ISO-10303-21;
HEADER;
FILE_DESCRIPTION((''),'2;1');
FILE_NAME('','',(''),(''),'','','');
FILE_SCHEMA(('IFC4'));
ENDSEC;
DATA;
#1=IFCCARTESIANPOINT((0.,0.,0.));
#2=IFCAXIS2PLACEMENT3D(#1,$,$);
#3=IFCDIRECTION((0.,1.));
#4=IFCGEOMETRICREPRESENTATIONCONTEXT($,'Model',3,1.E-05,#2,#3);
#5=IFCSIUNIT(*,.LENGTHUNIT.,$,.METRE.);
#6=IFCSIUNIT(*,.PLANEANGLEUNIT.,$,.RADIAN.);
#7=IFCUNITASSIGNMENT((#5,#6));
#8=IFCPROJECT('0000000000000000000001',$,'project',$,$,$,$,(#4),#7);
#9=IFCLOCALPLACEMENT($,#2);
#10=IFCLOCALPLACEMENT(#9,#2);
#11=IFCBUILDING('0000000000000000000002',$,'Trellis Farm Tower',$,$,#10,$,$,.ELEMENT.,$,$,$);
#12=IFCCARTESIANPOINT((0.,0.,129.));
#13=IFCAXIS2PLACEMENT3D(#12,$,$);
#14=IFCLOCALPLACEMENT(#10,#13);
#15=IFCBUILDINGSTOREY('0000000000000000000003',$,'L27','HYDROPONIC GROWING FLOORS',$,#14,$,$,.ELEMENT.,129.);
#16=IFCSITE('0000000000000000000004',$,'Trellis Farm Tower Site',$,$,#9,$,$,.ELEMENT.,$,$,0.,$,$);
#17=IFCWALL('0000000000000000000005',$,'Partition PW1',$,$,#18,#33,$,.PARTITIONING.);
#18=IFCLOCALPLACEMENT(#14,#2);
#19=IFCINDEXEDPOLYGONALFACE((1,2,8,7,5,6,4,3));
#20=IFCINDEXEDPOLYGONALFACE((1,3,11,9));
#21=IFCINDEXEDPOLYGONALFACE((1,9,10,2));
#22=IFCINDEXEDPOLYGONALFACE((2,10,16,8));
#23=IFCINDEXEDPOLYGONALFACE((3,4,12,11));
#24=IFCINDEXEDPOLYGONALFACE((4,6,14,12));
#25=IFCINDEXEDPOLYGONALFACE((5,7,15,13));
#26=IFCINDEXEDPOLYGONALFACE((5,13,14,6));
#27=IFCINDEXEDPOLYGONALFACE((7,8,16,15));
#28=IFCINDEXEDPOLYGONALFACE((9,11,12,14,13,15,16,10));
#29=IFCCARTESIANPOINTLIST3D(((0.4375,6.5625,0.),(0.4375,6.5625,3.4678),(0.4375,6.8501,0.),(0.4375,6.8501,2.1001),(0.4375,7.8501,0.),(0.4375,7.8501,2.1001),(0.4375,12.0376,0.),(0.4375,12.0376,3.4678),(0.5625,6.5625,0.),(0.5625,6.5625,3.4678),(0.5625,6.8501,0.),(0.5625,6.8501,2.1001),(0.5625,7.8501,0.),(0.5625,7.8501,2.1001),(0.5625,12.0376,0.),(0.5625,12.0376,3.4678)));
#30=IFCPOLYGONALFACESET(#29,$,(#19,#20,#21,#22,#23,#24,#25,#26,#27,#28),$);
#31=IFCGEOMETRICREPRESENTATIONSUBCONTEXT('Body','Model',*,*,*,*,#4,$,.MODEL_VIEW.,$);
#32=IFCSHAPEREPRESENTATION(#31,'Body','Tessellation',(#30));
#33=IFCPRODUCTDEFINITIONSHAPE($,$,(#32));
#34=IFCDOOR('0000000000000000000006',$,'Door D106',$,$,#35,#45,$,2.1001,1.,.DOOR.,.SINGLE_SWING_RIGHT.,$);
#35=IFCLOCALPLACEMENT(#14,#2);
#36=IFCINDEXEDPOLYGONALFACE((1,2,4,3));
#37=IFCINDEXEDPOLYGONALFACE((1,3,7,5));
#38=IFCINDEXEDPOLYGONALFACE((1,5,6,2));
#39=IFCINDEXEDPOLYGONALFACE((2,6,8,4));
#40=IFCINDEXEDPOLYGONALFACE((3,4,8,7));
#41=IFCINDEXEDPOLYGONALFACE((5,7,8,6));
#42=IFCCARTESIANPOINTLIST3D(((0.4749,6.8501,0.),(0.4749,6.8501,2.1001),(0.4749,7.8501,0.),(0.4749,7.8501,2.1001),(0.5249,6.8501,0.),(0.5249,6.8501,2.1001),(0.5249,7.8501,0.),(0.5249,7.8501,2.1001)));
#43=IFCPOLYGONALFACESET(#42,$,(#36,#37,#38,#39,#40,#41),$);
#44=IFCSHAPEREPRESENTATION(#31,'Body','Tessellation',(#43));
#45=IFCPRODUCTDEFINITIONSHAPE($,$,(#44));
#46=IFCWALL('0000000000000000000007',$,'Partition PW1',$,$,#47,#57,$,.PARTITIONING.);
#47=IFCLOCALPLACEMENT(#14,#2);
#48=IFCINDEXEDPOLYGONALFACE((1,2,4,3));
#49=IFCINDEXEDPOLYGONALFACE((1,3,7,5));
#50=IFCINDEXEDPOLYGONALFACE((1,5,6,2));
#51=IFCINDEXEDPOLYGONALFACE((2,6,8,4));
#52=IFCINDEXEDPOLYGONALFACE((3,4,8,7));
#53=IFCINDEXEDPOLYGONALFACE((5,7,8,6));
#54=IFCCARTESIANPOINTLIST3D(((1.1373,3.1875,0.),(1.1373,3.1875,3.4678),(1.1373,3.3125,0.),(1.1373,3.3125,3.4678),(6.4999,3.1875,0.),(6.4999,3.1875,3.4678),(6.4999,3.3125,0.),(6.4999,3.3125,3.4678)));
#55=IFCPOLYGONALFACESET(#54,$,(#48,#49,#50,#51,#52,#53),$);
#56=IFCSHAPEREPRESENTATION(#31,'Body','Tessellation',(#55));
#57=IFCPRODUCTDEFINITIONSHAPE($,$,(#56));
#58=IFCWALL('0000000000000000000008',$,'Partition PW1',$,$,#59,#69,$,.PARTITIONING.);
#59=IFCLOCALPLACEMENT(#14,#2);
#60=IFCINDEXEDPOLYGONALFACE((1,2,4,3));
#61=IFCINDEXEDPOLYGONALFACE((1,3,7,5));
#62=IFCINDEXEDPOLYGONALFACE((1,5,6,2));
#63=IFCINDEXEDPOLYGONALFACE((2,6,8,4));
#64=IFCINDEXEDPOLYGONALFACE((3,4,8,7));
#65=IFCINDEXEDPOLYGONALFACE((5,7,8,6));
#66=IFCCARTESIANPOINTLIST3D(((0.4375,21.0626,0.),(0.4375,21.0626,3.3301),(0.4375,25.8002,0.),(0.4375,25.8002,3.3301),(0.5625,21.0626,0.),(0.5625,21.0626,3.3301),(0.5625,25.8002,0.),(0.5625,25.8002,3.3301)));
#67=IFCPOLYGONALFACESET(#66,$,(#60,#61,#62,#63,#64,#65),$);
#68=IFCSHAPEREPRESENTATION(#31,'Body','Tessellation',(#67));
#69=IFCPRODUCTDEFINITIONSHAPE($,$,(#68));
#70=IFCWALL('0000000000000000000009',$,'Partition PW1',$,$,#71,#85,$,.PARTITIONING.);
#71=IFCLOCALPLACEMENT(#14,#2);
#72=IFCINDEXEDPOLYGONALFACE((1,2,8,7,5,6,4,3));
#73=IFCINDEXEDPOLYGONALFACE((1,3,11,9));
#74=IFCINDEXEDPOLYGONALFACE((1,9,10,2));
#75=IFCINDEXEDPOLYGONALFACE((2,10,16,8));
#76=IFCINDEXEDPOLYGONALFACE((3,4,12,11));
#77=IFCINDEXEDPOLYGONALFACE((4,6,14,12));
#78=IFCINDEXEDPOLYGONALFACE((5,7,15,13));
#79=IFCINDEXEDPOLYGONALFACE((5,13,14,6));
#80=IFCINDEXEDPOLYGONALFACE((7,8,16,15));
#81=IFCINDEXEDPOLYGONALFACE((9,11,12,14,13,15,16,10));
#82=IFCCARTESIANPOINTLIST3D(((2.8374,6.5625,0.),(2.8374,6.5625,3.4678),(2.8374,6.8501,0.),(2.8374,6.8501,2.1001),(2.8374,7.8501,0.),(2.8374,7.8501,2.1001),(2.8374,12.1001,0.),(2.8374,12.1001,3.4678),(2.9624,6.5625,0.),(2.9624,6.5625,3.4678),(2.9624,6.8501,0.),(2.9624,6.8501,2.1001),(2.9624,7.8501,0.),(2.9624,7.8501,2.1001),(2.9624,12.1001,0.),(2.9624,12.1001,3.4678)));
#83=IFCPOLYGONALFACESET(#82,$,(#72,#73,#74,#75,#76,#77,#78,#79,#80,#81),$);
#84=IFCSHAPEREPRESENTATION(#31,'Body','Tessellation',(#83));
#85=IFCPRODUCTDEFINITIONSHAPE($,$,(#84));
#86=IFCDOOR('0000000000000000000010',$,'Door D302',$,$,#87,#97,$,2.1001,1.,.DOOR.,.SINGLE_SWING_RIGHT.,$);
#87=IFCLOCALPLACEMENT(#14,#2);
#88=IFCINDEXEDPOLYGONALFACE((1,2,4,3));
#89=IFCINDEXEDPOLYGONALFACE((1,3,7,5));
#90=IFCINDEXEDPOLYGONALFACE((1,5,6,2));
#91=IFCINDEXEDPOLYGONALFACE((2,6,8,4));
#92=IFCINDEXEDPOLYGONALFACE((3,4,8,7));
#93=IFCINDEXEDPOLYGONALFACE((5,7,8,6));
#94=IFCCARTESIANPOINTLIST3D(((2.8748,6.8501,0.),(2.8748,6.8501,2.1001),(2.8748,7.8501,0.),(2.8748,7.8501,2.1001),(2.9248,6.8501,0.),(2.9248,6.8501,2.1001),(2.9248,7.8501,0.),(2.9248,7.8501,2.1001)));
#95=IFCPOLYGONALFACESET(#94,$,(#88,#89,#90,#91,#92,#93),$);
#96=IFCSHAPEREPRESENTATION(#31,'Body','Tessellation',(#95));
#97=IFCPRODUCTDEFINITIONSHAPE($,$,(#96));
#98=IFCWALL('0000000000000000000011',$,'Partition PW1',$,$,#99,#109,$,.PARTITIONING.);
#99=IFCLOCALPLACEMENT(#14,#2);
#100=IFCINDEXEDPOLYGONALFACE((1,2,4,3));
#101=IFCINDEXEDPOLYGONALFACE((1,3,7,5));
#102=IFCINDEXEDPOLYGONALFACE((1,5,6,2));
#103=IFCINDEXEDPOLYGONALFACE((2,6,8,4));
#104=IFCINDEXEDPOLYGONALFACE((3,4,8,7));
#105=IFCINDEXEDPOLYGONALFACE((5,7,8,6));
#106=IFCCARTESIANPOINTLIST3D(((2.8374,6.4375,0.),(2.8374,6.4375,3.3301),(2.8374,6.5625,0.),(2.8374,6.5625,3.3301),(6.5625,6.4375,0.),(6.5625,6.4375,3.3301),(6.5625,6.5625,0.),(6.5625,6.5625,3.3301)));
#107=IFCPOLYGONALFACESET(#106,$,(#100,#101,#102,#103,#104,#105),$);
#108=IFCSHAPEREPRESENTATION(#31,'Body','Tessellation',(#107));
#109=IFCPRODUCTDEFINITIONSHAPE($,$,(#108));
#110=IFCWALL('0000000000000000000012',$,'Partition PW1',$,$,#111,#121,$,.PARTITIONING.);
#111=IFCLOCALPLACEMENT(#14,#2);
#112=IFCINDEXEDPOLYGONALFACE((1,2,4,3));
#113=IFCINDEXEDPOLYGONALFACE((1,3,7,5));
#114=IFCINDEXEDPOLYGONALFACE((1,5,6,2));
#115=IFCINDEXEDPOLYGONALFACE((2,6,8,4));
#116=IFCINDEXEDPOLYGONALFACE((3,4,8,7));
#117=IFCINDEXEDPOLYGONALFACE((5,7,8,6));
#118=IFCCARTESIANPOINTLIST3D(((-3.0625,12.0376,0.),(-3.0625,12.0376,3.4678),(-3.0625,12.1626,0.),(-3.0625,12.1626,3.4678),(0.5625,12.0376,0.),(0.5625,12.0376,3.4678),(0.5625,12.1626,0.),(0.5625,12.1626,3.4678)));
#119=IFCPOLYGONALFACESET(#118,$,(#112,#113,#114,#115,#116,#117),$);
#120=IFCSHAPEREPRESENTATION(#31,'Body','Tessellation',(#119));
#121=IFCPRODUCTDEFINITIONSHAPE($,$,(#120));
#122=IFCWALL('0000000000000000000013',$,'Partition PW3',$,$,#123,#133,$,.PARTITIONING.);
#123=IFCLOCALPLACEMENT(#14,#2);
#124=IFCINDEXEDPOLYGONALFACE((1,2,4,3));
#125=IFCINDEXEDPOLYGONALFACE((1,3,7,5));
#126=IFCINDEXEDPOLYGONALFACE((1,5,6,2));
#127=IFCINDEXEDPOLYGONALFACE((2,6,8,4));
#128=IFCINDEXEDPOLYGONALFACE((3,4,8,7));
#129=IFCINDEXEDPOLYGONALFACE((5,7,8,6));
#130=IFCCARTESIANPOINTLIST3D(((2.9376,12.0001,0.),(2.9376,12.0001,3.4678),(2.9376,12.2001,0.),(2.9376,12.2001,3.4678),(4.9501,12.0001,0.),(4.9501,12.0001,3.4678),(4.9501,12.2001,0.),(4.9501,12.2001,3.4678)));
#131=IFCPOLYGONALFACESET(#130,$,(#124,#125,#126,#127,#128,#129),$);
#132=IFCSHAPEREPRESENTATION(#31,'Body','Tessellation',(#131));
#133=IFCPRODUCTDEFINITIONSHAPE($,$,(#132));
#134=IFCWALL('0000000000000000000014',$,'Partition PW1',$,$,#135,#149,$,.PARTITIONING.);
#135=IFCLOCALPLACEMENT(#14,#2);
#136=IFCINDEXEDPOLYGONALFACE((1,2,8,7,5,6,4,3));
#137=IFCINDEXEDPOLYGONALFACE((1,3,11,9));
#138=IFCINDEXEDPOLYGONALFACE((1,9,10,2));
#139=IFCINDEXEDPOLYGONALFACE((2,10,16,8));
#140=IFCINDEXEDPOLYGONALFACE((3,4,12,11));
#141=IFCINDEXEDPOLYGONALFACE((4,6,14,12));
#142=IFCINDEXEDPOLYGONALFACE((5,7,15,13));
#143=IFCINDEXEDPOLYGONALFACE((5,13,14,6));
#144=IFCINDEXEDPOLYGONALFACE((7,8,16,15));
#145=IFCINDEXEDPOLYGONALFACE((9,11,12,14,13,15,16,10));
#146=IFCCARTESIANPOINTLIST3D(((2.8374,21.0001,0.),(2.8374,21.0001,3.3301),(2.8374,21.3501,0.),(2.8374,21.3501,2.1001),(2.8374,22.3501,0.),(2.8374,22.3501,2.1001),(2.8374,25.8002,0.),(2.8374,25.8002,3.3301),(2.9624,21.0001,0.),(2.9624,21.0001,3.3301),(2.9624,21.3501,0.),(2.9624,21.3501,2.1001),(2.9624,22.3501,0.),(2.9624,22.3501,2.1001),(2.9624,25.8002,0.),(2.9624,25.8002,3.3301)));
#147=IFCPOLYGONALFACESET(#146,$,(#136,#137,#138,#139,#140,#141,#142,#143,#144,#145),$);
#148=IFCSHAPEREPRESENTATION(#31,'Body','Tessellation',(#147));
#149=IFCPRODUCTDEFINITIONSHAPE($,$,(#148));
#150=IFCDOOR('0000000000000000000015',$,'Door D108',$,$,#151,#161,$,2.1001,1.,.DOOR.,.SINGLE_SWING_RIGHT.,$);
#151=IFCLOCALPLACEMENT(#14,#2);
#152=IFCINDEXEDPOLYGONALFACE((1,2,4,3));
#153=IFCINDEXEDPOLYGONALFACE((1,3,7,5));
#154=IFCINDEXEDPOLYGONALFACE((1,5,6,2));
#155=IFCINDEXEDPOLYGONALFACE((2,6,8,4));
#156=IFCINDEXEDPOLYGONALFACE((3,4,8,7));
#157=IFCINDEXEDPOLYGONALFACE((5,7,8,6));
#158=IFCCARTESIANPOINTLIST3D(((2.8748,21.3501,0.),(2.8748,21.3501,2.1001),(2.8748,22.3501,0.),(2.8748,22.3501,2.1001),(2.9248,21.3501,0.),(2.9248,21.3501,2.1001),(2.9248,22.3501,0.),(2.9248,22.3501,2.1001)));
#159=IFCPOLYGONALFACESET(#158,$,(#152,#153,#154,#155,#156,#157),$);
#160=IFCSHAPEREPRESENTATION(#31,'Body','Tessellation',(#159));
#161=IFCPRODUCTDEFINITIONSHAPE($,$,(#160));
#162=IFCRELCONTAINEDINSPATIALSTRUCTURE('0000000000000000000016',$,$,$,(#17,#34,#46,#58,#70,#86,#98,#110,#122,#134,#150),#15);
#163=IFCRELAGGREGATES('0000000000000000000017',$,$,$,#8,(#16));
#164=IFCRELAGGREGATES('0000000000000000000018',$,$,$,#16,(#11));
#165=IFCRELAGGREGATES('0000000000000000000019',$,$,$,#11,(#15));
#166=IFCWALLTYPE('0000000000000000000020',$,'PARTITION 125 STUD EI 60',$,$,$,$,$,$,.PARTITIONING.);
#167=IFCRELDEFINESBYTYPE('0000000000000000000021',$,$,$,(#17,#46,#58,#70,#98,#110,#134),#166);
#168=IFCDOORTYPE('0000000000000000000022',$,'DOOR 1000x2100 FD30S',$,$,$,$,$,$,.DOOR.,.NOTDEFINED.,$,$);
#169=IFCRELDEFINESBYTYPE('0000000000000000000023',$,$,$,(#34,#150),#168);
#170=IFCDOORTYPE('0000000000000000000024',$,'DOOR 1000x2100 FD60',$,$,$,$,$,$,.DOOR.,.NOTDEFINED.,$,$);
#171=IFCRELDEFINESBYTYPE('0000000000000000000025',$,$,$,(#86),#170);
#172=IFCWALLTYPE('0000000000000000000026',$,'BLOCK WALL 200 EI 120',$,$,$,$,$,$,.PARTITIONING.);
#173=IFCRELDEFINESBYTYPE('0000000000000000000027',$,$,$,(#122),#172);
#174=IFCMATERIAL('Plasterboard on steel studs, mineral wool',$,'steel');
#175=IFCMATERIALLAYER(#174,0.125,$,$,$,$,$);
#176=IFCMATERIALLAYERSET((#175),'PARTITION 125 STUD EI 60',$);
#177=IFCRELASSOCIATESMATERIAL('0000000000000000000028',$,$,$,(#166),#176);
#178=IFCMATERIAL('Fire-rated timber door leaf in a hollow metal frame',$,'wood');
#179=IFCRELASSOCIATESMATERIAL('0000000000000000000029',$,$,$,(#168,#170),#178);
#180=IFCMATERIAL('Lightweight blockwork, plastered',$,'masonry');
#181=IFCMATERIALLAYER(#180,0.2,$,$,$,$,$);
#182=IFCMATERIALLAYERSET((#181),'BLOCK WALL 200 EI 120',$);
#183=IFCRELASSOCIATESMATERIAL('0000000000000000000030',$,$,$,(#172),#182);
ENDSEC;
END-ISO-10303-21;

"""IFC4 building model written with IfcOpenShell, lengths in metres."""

from ifc_helpers import new_model, si_unit, direction, frame, frame_2d, origin, place, context, subcontext, project, spatial, rectangle, extrude, source, transform, mapped, material, layer, layer_set, type_object, element, fill, save


model = new_model("IFC4")

# Units and contexts
model_context = context("Model", 3, precision=1e-05, world=origin(), true_north=direction((0.0, 1.0)))
body_context = subcontext(model_context, "Body", "Model", "MODEL_VIEW")
ifc_project = project(units=[si_unit("LENGTHUNIT", "METRE"), si_unit("PLANEANGLEUNIT", "RADIAN")], contexts=[model_context])

# Site, building, storey
site_placement = place(None, origin())
site = spatial("IfcSite", under=ifc_project, at=site_placement, Name="Trellis Farm Tower Site", CompositionType="ELEMENT", RefElevation=0.0)
building_placement = place(site_placement, origin())
building = spatial("IfcBuilding", under=site, at=building_placement, Name="Trellis Farm Tower", CompositionType="ELEMENT")
storey_placement = place(building_placement, frame((0.0, 0.0, 129.0)))
storey = spatial("IfcBuildingStorey", under=building, at=storey_placement, Name="L27", Description="HYDROPONIC GROWING FLOORS", CompositionType="ELEMENT", Elevation=129.0)

# Shared definitions
ifc_material_1 = material(Name="Plasterboard on steel studs, mineral wool", Category="steel")
ifc_layer_1 = layer(ifc_material_1, 0.125)
ifc_layer_set_1 = layer_set([ifc_layer_1], Name="PARTITION 125 STUD EI 60")
wall_type_1 = type_object("IfcWallType", Name="PARTITION 125 STUD EI 60", PredefinedType="PARTITIONING", material=ifc_layer_set_1)

# Wall, opening, door
shared_shape_1 = source(origin(), body_context, "Body", "SweptSolid", [
    extrude(rectangle(XDim=5.4751, YDim=0.125, at=frame_2d((2.7375, 0.0))), origin(), (0.0, 0.0, 1.0), 3.4678),
])
wall_1_placement = place(storey_placement, frame((0.5, 12.0376, 0.0), z_axis=(0.0, 0.0, 1.0), x_axis=(0.0, -1.0, 0.0)))
wall_1 = element("IfcWall", 1, at=wall_1_placement, inside=storey, type_object=wall_type_1, Name="Partition PW1", PredefinedType="PARTITIONING", context=body_context, shape_type="MappedRepresentation", body=[
    mapped(shared_shape_1, transform((0.0, 0.0, 0.0))),
])
shared_shape_2 = source(origin(), body_context, "Body", "SweptSolid", [
    extrude(rectangle(XDim=1.0, YDim=2.1001, at=frame_2d((0.5, 1.05))), frame((0.0, 0.0725, 0.0), z_axis=(0.0, -1.0, 0.0), x_axis=(1.0, 0.0, 0.0)), (0.0, 0.0, 1.0), 0.145),
])
opening_1_placement = place(wall_1_placement, frame((4.1875, 0.0, 0.0)))
opening_1 = element("IfcOpeningElement", 2, at=opening_1_placement, cuts=wall_1, PredefinedType="OPENING", context=body_context, shape_type="MappedRepresentation", body=[
    mapped(shared_shape_2, transform((0.0, 0.0, 0.0))),
])
ifc_material_2 = material(Name="Fire-rated timber door leaf in a hollow metal frame", Category="wood")
door_type_1 = type_object("IfcDoorType", Name="DOOR 1000x2100 FD30S", OperationType="NOTDEFINED", PredefinedType="DOOR", material=ifc_material_2)
shared_shape_3 = source(origin(), body_context, "Body", "SweptSolid", [
    extrude(rectangle(XDim=1.0, YDim=2.1001, at=frame_2d((0.5, 1.05))), frame((0.0, 0.0249, 0.0), z_axis=(0.0, -1.0, 0.0), x_axis=(1.0, 0.0, 0.0)), (0.0, 0.0, 1.0), 0.05),
])
door_1_placement = place(opening_1_placement, origin())
door_1 = element("IfcDoor", 3, at=door_1_placement, inside=storey, type_object=door_type_1, Name="Door D106", OperationType="SINGLE_SWING_RIGHT", OverallHeight=2.1001, OverallWidth=1.0, PredefinedType="DOOR", context=body_context, shape_type="MappedRepresentation", body=[
    mapped(shared_shape_3, transform((0.0, 0.0, 0.0))),
])
fill(opening_1, door_1)

# Walls
shared_shape_4 = source(origin(), body_context, "Body", "SweptSolid", [
    extrude(rectangle(XDim=5.3625, YDim=0.125, at=frame_2d((2.6812, 0.0))), origin(), (0.0, 0.0, 1.0), 3.4678),
])
wall_2_placement = place(storey_placement, frame((1.1375, 3.25, 0.0), z_axis=(0.0, 0.0, 1.0), x_axis=(1.0, 0.0, 0.0)))
element("IfcWall", 4, at=wall_2_placement, inside=storey, type_object=wall_type_1, Name="Partition PW1", PredefinedType="PARTITIONING", context=body_context, shape_type="MappedRepresentation", body=[
    mapped(shared_shape_4, transform((0.0, 0.0, 0.0))),
])
shared_shape_5 = source(origin(), body_context, "Body", "SweptSolid", [
    extrude(rectangle(XDim=4.7375, YDim=0.125, at=frame_2d((2.3687, 0.0))), origin(), (0.0, 0.0, 1.0), 3.3301),
])
wall_3_placement = place(storey_placement, frame((0.5, 25.8, 0.0), z_axis=(0.0, 0.0, 1.0), x_axis=(0.0, -1.0, 0.0)))
element("IfcWall", 5, at=wall_3_placement, inside=storey, type_object=wall_type_1, Name="Partition PW1", PredefinedType="PARTITIONING", context=body_context, shape_type="MappedRepresentation", body=[
    mapped(shared_shape_5, transform((0.0, 0.0, 0.0))),
])

# Wall, opening, door
shared_shape_6 = source(origin(), body_context, "Body", "SweptSolid", [
    extrude(rectangle(XDim=5.5376, YDim=0.125, at=frame_2d((2.7688, 0.0))), origin(), (0.0, 0.0, 1.0), 3.4678),
])
wall_4_placement = place(storey_placement, frame((2.8999, 12.1001, 0.0), z_axis=(0.0, 0.0, 1.0), x_axis=(0.0, -1.0, 0.0)))
wall_4 = element("IfcWall", 6, at=wall_4_placement, inside=storey, type_object=wall_type_1, Name="Partition PW1", PredefinedType="PARTITIONING", context=body_context, shape_type="MappedRepresentation", body=[
    mapped(shared_shape_6, transform((0.0, 0.0, 0.0))),
])
opening_2_placement = place(wall_4_placement, frame((4.25, 0.0, 0.0)))
opening_2 = element("IfcOpeningElement", 7, at=opening_2_placement, cuts=wall_4, PredefinedType="OPENING", context=body_context, shape_type="MappedRepresentation", body=[
    mapped(shared_shape_2, transform((0.0, 0.0, 0.0))),
])
door_type_2 = type_object("IfcDoorType", Name="DOOR 1000x2100 FD60", OperationType="NOTDEFINED", PredefinedType="DOOR", material=ifc_material_2)
door_2_placement = place(opening_2_placement, origin())
door_2 = element("IfcDoor", 8, at=door_2_placement, inside=storey, type_object=door_type_2, Name="Door D302", OperationType="SINGLE_SWING_RIGHT", OverallHeight=2.1001, OverallWidth=1.0, PredefinedType="DOOR", context=body_context, shape_type="MappedRepresentation", body=[
    mapped(shared_shape_3, transform((0.0, 0.0, 0.0))),
])
fill(opening_2, door_2)

# Walls
shared_shape_7 = source(origin(), body_context, "Body", "SweptSolid", [
    extrude(rectangle(XDim=3.7251, YDim=0.125, at=frame_2d((1.8625, 0.0))), origin(), (0.0, 0.0, 1.0), 3.3301),
])
wall_5_placement = place(storey_placement, frame((2.8374, 6.5, 0.0), z_axis=(0.0, 0.0, 1.0), x_axis=(1.0, 0.0, 0.0)))
element("IfcWall", 9, at=wall_5_placement, inside=storey, type_object=wall_type_1, Name="Partition PW1", PredefinedType="PARTITIONING", context=body_context, shape_type="MappedRepresentation", body=[
    mapped(shared_shape_7, transform((0.0, 0.0, 0.0))),
])
shared_shape_8 = source(origin(), body_context, "Body", "SweptSolid", [
    extrude(rectangle(XDim=3.625, YDim=0.125, at=frame_2d((1.8125, 0.0))), origin(), (0.0, 0.0, 1.0), 3.4678),
])
wall_6_placement = place(storey_placement, frame((0.5625, 12.1001, 0.0), z_axis=(0.0, 0.0, 1.0), x_axis=(-1.0, 0.0, 0.0)))
element("IfcWall", 10, at=wall_6_placement, inside=storey, type_object=wall_type_1, Name="Partition PW1", PredefinedType="PARTITIONING", context=body_context, shape_type="MappedRepresentation", body=[
    mapped(shared_shape_8, transform((0.0, 0.0, 0.0))),
])
ifc_material_3 = material(Name="Lightweight blockwork, plastered", Category="masonry")
ifc_layer_2 = layer(ifc_material_3, 0.2)
ifc_layer_set_2 = layer_set([ifc_layer_2], Name="BLOCK WALL 200 EI 120")
wall_type_2 = type_object("IfcWallType", Name="BLOCK WALL 200 EI 120", PredefinedType="PARTITIONING", material=ifc_layer_set_2)
shared_shape_9 = source(origin(), body_context, "Body", "SweptSolid", [
    extrude(rectangle(XDim=2.0125, YDim=0.2, at=frame_2d((1.0063, 0.0))), origin(), (0.0, 0.0, 1.0), 3.4678),
])
wall_7_placement = place(storey_placement, frame((2.9375, 12.1001, 0.0), z_axis=(0.0, 0.0, 1.0), x_axis=(1.0, 0.0, 0.0)))
element("IfcWall", 11, at=wall_7_placement, inside=storey, type_object=wall_type_2, Name="Partition PW3", PredefinedType="PARTITIONING", context=body_context, shape_type="MappedRepresentation", body=[
    mapped(shared_shape_9, transform((0.0, 0.0, 0.0))),
])

# Wall, opening, door
shared_shape_10 = source(origin(), body_context, "Body", "SweptSolid", [
    extrude(rectangle(XDim=4.8, YDim=0.125, at=frame_2d((2.3999, 0.0))), origin(), (0.0, 0.0, 1.0), 3.3301),
])
wall_8_placement = place(storey_placement, frame((2.8999, 25.8, 0.0), z_axis=(0.0, 0.0, 1.0), x_axis=(0.0, -1.0, 0.0)))
wall_8 = element("IfcWall", 12, at=wall_8_placement, inside=storey, type_object=wall_type_1, Name="Partition PW1", PredefinedType="PARTITIONING", context=body_context, shape_type="MappedRepresentation", body=[
    mapped(shared_shape_10, transform((0.0, 0.0, 0.0))),
])
opening_3_placement = place(wall_8_placement, frame((3.45, 0.0, 0.0)))
opening_3 = element("IfcOpeningElement", 13, at=opening_3_placement, cuts=wall_8, PredefinedType="OPENING", context=body_context, shape_type="MappedRepresentation", body=[
    mapped(shared_shape_2, transform((0.0, 0.0, 0.0))),
])
door_3_placement = place(opening_3_placement, origin())
door_3 = element("IfcDoor", 14, at=door_3_placement, inside=storey, type_object=door_type_1, Name="Door D108", OperationType="SINGLE_SWING_RIGHT", OverallHeight=2.1001, OverallWidth=1.0, PredefinedType="DOOR", context=body_context, shape_type="MappedRepresentation", body=[
    mapped(shared_shape_3, transform((0.0, 0.0, 0.0))),
])
fill(opening_3, door_3)

save(model, "model.ifc")
